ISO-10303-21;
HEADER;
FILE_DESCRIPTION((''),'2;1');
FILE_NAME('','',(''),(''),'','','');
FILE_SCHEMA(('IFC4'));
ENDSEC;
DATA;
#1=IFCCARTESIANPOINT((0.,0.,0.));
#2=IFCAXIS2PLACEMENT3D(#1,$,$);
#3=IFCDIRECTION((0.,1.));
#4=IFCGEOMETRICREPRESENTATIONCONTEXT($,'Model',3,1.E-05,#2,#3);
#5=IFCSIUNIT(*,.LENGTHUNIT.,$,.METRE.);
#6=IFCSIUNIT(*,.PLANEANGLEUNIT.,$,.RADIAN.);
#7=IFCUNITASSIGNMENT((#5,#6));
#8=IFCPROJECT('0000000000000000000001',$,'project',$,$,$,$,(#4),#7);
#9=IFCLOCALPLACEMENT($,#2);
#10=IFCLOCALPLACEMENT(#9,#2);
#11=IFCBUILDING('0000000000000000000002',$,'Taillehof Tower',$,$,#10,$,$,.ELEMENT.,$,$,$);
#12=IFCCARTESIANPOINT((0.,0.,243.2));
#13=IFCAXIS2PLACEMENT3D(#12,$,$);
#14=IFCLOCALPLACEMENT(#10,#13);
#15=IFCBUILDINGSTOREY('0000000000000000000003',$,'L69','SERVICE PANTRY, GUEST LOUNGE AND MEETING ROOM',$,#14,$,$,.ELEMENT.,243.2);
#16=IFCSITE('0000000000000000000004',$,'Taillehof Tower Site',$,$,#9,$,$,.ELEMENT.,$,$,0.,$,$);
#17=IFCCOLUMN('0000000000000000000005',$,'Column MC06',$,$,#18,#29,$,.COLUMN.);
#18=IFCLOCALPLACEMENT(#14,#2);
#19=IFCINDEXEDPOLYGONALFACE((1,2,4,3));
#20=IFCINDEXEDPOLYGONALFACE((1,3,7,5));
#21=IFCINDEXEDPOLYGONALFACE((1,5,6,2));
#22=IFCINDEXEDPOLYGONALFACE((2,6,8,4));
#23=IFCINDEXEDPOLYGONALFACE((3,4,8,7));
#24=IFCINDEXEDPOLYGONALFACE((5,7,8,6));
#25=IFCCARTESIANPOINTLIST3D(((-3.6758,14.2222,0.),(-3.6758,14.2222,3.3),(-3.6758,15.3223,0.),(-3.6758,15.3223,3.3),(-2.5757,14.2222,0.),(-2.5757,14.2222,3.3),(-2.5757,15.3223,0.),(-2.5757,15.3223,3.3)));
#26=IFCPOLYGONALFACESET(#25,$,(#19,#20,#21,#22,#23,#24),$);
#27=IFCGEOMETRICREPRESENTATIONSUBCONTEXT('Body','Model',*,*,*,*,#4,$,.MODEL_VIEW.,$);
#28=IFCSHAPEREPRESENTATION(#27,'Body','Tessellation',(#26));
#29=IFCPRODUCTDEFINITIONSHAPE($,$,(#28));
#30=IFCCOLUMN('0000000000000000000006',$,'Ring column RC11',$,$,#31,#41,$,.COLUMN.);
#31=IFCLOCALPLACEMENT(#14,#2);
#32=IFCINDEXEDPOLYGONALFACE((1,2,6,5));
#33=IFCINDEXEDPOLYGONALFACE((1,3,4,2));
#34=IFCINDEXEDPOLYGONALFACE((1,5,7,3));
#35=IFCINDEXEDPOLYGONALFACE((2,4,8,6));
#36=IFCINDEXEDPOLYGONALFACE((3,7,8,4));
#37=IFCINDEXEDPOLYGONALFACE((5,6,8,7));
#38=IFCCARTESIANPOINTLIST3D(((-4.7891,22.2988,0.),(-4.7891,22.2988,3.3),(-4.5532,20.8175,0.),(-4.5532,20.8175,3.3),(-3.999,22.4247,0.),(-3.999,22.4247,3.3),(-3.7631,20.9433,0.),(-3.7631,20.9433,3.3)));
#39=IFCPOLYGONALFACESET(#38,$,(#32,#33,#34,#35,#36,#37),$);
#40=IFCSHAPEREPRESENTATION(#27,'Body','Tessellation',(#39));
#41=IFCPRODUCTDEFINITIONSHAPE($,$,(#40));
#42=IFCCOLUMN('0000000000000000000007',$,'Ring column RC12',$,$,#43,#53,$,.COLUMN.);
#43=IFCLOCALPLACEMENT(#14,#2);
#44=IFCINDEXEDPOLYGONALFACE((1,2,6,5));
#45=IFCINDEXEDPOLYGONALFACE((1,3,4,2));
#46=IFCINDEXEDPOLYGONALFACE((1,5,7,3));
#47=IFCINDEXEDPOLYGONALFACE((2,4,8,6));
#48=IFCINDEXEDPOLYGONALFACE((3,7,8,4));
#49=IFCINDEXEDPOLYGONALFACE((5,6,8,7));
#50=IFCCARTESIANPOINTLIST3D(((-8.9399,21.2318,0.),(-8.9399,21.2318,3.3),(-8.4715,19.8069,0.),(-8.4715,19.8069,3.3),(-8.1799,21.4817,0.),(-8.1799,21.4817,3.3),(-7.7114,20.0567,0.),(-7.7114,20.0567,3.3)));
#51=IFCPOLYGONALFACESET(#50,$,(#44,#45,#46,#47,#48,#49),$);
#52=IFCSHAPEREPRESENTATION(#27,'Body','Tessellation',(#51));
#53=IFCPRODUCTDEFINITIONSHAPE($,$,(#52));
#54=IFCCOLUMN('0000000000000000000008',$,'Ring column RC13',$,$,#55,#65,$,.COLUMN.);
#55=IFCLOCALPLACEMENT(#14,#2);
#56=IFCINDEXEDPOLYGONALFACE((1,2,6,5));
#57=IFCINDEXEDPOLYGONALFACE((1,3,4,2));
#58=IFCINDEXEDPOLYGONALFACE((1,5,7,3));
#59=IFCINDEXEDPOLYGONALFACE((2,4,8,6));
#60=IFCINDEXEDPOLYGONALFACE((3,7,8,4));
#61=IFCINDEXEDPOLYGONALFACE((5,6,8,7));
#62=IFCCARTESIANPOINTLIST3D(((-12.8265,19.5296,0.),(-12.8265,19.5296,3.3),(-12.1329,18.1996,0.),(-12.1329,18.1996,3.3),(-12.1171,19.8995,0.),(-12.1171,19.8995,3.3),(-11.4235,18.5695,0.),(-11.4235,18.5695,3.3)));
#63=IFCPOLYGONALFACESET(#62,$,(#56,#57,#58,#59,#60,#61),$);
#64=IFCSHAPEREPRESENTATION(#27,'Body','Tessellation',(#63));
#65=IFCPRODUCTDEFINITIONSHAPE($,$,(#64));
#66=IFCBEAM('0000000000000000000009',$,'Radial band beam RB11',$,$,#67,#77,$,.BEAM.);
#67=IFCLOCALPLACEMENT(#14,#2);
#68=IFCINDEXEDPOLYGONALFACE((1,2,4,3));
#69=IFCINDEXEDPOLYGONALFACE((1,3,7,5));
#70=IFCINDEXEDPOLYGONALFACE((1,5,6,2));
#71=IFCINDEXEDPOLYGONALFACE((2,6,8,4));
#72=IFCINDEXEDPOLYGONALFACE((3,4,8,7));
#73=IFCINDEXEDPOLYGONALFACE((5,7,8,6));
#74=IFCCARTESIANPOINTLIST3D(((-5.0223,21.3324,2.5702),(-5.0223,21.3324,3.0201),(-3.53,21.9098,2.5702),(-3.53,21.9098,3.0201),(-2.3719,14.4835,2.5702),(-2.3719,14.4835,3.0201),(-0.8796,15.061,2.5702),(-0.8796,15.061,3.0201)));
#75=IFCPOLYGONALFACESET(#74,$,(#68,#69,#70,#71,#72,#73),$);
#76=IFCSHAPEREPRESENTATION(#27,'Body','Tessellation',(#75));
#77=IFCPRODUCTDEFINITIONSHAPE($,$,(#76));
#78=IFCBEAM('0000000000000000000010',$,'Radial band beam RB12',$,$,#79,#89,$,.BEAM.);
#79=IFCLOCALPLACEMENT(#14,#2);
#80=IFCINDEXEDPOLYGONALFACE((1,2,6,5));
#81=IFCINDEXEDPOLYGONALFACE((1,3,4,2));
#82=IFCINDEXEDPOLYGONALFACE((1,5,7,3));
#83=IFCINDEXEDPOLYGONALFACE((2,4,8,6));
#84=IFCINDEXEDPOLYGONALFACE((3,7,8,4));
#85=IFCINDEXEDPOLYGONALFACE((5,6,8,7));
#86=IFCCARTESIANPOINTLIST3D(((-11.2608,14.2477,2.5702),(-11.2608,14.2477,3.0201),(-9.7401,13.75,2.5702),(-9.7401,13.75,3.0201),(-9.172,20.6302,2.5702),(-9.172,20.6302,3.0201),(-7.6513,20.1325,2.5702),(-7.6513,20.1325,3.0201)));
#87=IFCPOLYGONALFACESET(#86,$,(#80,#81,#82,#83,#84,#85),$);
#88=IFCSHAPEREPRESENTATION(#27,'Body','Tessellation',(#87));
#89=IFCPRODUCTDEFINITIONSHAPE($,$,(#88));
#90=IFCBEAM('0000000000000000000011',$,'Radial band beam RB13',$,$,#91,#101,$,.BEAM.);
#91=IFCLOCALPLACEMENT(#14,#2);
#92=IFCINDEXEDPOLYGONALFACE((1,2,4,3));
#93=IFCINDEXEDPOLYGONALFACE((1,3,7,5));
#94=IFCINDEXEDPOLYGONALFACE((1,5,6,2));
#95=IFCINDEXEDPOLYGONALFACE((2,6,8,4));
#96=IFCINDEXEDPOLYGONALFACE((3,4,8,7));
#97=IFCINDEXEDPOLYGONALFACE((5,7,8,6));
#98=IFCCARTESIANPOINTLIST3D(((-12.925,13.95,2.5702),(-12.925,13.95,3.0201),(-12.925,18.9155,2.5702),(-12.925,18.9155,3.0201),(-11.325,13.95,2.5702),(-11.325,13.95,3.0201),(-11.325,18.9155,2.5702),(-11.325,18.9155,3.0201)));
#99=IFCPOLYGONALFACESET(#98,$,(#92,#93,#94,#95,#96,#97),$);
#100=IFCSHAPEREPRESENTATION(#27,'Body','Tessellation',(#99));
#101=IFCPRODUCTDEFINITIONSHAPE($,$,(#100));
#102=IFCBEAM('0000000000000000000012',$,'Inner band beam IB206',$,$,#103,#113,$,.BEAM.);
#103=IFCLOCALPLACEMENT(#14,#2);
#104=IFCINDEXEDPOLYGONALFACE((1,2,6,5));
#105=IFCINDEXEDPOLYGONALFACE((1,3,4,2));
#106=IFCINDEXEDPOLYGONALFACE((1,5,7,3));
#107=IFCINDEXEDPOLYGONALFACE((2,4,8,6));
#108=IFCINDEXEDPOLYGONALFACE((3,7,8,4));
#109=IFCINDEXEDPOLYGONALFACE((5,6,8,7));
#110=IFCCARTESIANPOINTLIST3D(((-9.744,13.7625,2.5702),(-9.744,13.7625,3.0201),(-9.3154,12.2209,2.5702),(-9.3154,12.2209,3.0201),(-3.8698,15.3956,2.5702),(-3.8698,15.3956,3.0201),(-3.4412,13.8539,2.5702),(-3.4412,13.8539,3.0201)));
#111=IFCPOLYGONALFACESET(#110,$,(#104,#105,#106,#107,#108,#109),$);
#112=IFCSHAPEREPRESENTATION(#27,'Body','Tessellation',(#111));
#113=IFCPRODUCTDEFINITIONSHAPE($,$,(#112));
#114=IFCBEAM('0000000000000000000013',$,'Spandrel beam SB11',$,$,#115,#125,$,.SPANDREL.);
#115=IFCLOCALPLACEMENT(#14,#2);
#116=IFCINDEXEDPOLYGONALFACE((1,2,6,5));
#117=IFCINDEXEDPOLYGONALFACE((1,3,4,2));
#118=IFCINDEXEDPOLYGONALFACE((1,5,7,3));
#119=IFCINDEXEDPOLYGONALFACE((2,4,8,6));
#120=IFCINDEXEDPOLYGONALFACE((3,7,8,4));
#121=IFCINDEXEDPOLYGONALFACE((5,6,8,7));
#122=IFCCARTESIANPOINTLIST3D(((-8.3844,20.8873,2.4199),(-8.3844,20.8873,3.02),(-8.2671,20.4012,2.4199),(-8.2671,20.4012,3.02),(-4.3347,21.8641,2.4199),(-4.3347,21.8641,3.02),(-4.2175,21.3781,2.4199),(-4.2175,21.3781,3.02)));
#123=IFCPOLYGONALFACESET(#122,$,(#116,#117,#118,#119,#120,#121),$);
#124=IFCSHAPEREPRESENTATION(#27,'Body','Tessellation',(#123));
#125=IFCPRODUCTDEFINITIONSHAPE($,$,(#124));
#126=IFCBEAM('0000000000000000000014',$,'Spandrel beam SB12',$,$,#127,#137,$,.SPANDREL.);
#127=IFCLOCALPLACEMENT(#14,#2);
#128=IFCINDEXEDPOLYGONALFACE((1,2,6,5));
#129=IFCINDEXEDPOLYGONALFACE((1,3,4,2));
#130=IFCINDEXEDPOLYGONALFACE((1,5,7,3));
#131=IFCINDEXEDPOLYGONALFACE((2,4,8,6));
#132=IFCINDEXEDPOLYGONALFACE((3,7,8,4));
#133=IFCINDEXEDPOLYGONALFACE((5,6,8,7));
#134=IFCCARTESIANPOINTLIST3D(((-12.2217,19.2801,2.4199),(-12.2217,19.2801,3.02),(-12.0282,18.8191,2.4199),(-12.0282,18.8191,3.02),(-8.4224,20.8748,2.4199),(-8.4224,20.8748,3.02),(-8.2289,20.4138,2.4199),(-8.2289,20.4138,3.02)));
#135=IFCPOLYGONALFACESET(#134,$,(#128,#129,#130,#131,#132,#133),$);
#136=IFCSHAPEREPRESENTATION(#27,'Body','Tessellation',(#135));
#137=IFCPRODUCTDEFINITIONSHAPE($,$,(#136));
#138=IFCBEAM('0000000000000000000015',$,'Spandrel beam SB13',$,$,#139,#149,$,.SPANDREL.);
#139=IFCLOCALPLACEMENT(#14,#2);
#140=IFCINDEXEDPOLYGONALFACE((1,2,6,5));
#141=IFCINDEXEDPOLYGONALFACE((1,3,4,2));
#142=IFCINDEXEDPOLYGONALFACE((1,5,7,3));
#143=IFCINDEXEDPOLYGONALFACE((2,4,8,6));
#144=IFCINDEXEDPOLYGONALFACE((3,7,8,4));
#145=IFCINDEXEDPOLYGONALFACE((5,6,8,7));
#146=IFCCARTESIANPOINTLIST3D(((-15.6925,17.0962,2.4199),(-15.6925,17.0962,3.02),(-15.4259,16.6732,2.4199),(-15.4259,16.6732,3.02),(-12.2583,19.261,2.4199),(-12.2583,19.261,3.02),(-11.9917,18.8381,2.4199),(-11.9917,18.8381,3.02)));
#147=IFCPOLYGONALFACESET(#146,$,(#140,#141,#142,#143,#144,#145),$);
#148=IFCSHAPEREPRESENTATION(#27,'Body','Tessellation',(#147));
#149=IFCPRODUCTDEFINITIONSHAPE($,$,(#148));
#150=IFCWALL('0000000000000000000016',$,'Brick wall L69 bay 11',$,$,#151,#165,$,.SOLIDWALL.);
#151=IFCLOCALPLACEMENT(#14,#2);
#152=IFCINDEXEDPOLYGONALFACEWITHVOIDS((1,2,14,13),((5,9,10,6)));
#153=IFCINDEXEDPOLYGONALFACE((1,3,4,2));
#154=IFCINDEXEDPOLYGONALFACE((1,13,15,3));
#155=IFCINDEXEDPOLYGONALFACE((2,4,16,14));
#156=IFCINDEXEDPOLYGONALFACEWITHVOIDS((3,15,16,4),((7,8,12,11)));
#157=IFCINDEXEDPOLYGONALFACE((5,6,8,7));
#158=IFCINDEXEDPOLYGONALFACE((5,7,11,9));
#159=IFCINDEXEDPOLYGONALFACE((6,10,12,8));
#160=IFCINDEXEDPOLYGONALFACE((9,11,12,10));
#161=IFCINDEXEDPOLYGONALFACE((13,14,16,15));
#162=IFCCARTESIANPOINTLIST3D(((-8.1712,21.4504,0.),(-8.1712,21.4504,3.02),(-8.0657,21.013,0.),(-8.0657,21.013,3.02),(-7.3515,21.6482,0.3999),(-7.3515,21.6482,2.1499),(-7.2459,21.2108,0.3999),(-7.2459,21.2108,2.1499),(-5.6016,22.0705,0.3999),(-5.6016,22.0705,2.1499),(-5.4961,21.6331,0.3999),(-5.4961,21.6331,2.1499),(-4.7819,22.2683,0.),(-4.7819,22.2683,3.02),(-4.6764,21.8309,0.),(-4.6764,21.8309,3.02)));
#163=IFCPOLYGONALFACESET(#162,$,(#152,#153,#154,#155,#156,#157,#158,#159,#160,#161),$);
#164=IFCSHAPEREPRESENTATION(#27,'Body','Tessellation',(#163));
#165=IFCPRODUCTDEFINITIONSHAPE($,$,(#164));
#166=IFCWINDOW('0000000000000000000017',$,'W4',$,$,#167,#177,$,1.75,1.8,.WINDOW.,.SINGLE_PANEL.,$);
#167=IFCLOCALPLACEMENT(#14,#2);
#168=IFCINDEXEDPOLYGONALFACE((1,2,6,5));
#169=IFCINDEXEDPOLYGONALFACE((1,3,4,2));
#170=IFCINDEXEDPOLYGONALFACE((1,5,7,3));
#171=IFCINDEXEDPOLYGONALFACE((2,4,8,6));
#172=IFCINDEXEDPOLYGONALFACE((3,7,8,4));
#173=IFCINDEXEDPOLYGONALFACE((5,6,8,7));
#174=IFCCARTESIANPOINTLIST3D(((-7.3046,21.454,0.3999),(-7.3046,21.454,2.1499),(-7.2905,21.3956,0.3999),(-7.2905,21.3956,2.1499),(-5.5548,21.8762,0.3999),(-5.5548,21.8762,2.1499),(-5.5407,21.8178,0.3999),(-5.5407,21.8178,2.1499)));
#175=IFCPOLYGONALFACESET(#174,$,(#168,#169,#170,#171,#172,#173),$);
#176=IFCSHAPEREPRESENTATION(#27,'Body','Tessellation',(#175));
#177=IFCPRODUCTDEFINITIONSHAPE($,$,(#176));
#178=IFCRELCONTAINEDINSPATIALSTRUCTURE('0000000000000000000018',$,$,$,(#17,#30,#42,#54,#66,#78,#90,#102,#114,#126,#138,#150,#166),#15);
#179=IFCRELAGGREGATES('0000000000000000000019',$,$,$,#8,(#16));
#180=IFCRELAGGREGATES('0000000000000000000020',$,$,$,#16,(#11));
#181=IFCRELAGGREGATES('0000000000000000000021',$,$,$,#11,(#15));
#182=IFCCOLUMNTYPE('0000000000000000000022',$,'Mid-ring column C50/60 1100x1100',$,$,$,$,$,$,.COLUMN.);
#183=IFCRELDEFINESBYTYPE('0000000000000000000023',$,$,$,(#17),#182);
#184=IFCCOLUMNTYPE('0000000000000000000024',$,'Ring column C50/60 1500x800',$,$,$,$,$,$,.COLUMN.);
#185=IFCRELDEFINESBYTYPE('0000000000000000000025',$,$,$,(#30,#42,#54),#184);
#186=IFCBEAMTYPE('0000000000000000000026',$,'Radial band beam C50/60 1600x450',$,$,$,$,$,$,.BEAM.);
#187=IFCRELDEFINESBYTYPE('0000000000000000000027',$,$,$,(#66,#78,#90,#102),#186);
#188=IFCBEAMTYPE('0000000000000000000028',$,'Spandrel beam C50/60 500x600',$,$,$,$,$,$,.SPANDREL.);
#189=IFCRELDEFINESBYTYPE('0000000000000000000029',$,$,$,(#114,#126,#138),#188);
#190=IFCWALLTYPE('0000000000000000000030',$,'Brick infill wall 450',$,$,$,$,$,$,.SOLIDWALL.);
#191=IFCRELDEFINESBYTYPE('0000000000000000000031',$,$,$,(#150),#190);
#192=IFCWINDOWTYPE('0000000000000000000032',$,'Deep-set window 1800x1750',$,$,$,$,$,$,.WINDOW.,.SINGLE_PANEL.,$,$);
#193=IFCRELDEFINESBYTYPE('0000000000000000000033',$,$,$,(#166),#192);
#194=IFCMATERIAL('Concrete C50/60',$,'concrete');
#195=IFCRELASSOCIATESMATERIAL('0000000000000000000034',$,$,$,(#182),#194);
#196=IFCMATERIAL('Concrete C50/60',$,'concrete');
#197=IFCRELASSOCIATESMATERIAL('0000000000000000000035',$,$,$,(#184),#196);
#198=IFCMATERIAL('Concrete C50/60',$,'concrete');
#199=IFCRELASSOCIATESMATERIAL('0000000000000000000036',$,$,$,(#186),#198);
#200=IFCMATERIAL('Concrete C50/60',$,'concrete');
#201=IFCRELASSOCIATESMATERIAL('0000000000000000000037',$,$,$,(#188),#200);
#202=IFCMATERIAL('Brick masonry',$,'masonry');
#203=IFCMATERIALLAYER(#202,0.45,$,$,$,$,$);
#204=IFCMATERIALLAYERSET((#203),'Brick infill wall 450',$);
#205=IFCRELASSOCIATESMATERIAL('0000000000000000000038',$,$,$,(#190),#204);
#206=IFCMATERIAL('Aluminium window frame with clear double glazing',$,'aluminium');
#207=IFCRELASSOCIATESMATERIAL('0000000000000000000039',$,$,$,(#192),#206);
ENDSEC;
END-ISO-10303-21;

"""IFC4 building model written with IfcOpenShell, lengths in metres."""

from ifc_helpers import new_model, si_unit, direction, frame, frame_2d, origin, origin_2d, place, context, subcontext, project, spatial, rectangle, extrude, material, layer, layer_set, material_profile, profile_set, type_object, element, fill, save


model = new_model("IFC4")

# Units and contexts
model_context = context("Model", 3, precision=1e-05, world=origin(), true_north=direction((0.0, 1.0)))
body_context = subcontext(model_context, "Body", "Model", "MODEL_VIEW")
ifc_project = project(units=[si_unit("LENGTHUNIT", "METRE"), si_unit("PLANEANGLEUNIT", "RADIAN")], contexts=[model_context])

# Site, building, storey
site_placement = place(None, origin())
site = spatial("IfcSite", under=ifc_project, at=site_placement, Name="Taillehof Tower Site", CompositionType="ELEMENT", RefElevation=0.0)
building_placement = place(site_placement, origin())
building = spatial("IfcBuilding", under=site, at=building_placement, Name="Taillehof Tower", CompositionType="ELEMENT")
storey_placement = place(building_placement, frame((0.0, 0.0, 243.2)))
storey = spatial("IfcBuildingStorey", under=building, at=storey_placement, Name="L69", Description="SERVICE PANTRY, GUEST LOUNGE AND MEETING ROOM", CompositionType="ELEMENT", Elevation=243.2)

# Columns
ifc_material_1 = material(Name="Concrete C50/60", Category="concrete")
ifc_material_profile_1 = material_profile(ifc_material_1, rectangle(XDim=1.1001, YDim=1.1001, at=origin_2d()), Name="RC 1100x1100")
ifc_profile_set_1 = profile_set([ifc_material_profile_1], Name="Concrete C50/60")
column_type_1 = type_object("IfcColumnType", Name="Mid-ring column C50/60 1100x1100", PredefinedType="COLUMN", material=ifc_profile_set_1)
column_placement = place(storey_placement, frame((-3.1257, 14.7722, 0.0), z_axis=(0.0, 0.0, 1.0), x_axis=(1.0, 0.0, 0.0)))
element("IfcColumn", 1, at=column_placement, inside=storey, type_object=column_type_1, Name="Column MC06", PredefinedType="COLUMN", context=body_context, shape_type="SweptSolid", body=[
    extrude(rectangle(XDim=1.1001, YDim=1.1001, at=origin_2d()), origin(), (0.0, 0.0, 1.0), 3.3),
])
ifc_material_2 = material(Name="Concrete C50/60", Category="concrete")
ifc_material_profile_2 = material_profile(ifc_material_2, rectangle(XDim=1.5, YDim=0.8, at=origin_2d()), Name="RC 1500x800")
ifc_profile_set_2 = profile_set([ifc_material_profile_2], Name="Concrete C50/60")
column_type_2 = type_object("IfcColumnType", Name="Ring column C50/60 1500x800", PredefinedType="COLUMN", material=ifc_profile_set_2)
for number, where, z_axis, x_axis, name in (
    (2, (-4.2761, 21.6211, 0.0), (0.0, 0.0, 1.0), (-0.157281, 0.987554, 0.0), "Ring column RC11"),
    (3, (-8.3257, 20.6443, 0.0), (0.0, 0.0, 1.0), (-0.312304, 0.949982, 0.0), "Ring column RC12"),
    (4, (-12.125, 19.0496, 0.0), (0.0, 0.0, 1.0), (-0.462384, 0.88668, 0.0), "Ring column RC13"),
):
    element("IfcColumn", number, at=place(storey_placement, frame(where, z_axis=z_axis, x_axis=x_axis)), inside=storey, type_object=column_type_2, Name=name, PredefinedType="COLUMN", context=body_context, shape_type="SweptSolid", body=[
        extrude(rectangle(XDim=1.5, YDim=0.8, at=origin_2d()), origin(), (0.0, 0.0, 1.0), 3.3),
    ])

# Beams
ifc_material_3 = material(Name="Concrete C50/60", Category="concrete")
ifc_material_profile_3 = material_profile(ifc_material_3, rectangle(XDim=1.6001, YDim=0.45, at=origin_2d()), Name="RC 1600x450")
ifc_profile_set_3 = profile_set([ifc_material_profile_3], Name="Concrete C50/60")
beam_type_1 = type_object("IfcBeamType", Name="Radial band beam C50/60 1600x450", PredefinedType="BEAM", material=ifc_profile_set_3)
beam_1_placement = place(storey_placement, frame((-4.2761, 21.6211, 2.7952), z_axis=(0.360901, -0.932604, 0.0), x_axis=(0.932604, 0.360901, 0.0)))
element("IfcBeam", 5, at=beam_1_placement, inside=storey, type_object=beam_type_1, Name="Radial band beam RB11", PredefinedType="BEAM", context=body_context, shape_type="SweptSolid", body=[
    extrude(rectangle(XDim=1.6001, YDim=0.45, at=origin_2d()), origin(), (0.0, 0.0, 1.0), 7.3438),
])
beam_2_placement = place(storey_placement, frame((-8.4116, 20.3813, 2.7952), z_axis=(-0.311043, -0.950396, 0.0), x_axis=(0.950396, -0.311043, 0.0)))
element("IfcBeam", 6, at=beam_2_placement, inside=storey, type_object=beam_type_1, Name="Radial band beam RB12", PredefinedType="BEAM", context=body_context, shape_type="SweptSolid", body=[
    extrude(rectangle(XDim=1.6001, YDim=0.45, at=origin_2d()), origin(), (0.0, 0.0, 1.0), 6.7156),
])
beam_3_placement = place(storey_placement, frame((-12.125, 18.9155, 2.7952), z_axis=(0.0, -1.0, 0.0), x_axis=(1.0, 0.0, 0.0)))
element("IfcBeam", 7, at=beam_3_placement, inside=storey, type_object=beam_type_1, Name="Radial band beam RB13", PredefinedType="BEAM", context=body_context, shape_type="SweptSolid", body=[
    extrude(rectangle(XDim=1.6001, YDim=0.45, at=origin_2d()), origin(), (0.0, 0.0, 1.0), 4.9656),
])
beam_4_placement = place(storey_placement, frame((-3.6555, 14.6248, 2.7952), z_axis=(-0.963459, -0.267855, 0.0), x_axis=(0.267855, -0.963459, 0.0)))
element("IfcBeam", 8, at=beam_4_placement, inside=storey, type_object=beam_type_1, Name="Inner band beam IB206", PredefinedType="BEAM", context=body_context, shape_type="SweptSolid", body=[
    extrude(rectangle(XDim=1.6001, YDim=0.45, at=origin_2d()), origin(), (0.0, 0.0, 1.0), 6.0969),
])
ifc_material_4 = material(Name="Concrete C50/60", Category="concrete")
ifc_material_profile_4 = material_profile(ifc_material_4, rectangle(XDim=0.5, YDim=0.6001, at=origin_2d()), Name="RC 500x600")
ifc_profile_set_4 = profile_set([ifc_material_profile_4], Name="Concrete C50/60")
beam_type_2 = type_object("IfcBeamType", Name="Spandrel beam C50/60 500x600", PredefinedType="SPANDREL", material=ifc_profile_set_4)
beam_5_placement = place(storey_placement, frame((-4.2761, 21.6211, 2.72), z_axis=(-0.972119, -0.234488, 0.0), x_axis=(0.234488, -0.972119, 0.0)))
element("IfcBeam", 9, at=beam_5_placement, inside=storey, type_object=beam_type_2, Name="Spandrel beam SB11", PredefinedType="SPANDREL", context=body_context, shape_type="SweptSolid", body=[
    extrude(rectangle(XDim=0.5, YDim=0.6001, at=origin_2d()), origin(), (0.0, 0.0, 1.0), 4.1658),
])
beam_6_placement = place(storey_placement, frame((-8.3257, 20.6443, 2.72), z_axis=(-0.922068, -0.387029, 0.0), x_axis=(0.387029, -0.922068, 0.0)))
element("IfcBeam", 10, at=beam_6_placement, inside=storey, type_object=beam_type_2, Name="Spandrel beam SB12", PredefinedType="SPANDREL", context=body_context, shape_type="SweptSolid", body=[
    extrude(rectangle(XDim=0.5, YDim=0.6001, at=origin_2d()), origin(), (0.0, 0.0, 1.0), 4.1204),
])
beam_7_placement = place(storey_placement, frame((-12.125, 19.0496, 2.72), z_axis=(-0.845944, -0.533271, 0.0), x_axis=(0.533271, -0.845944, 0.0)))
element("IfcBeam", 11, at=beam_7_placement, inside=storey, type_object=beam_type_2, Name="Spandrel beam SB13", PredefinedType="SPANDREL", context=body_context, shape_type="SweptSolid", body=[
    extrude(rectangle(XDim=0.5, YDim=0.6001, at=origin_2d()), origin(), (0.0, 0.0, 1.0), 4.0596),
])

# Wall, opening, window
ifc_material_5 = material(Name="Brick masonry", Category="masonry")
ifc_layer_1 = layer(ifc_material_5, 0.45)
ifc_layer_set_1 = layer_set([ifc_layer_1], Name="Brick infill wall 450")
wall_type_1 = type_object("IfcWallType", Name="Brick infill wall 450", PredefinedType="SOLIDWALL", material=ifc_layer_set_1)
wall_1_placement = place(storey_placement, frame((-4.7292, 22.0496, 0.0), z_axis=(0.0, 0.0, 1.0), x_axis=(-0.972099, -0.23457, 0.0)))
wall_1 = element("IfcWall", 12, at=wall_1_placement, inside=storey, type_object=wall_type_1, Name="Brick wall L69 bay 11", PredefinedType="SOLIDWALL", context=body_context, shape_type="SweptSolid", body=[
    extrude(rectangle(XDim=3.4866, YDim=0.45, at=frame_2d((1.7432, 0.0))), origin(), (0.0, 0.0, 1.0), 3.02),
])
opening_1_placement = place(wall_1_placement, frame((0.8433, 0.0, 0.3999)))
opening_1 = element("IfcOpeningElement", 13, at=opening_1_placement, cuts=wall_1, PredefinedType="OPENING", context=body_context, shape_type="SweptSolid", body=[
    extrude(rectangle(XDim=1.8, YDim=1.75, at=frame_2d((0.8999, 0.875))), frame((0.0, 0.2349, 0.0), z_axis=(0.0, -1.0, 0.0), x_axis=(1.0, 0.0, 0.0)), (0.0, 0.0, 1.0), 0.47),
])
ifc_material_6 = material(Name="Aluminium window frame with clear double glazing", Category="aluminium")
window_type = type_object("IfcWindowType", Name="Deep-set window 1800x1750", PartitioningType="SINGLE_PANEL", PredefinedType="WINDOW", material=ifc_material_6)
window_1_placement = place(opening_1_placement, origin())
window_1 = element("IfcWindow", 14, at=window_1_placement, inside=storey, type_object=window_type, Name="W4", OverallHeight=1.75, OverallWidth=1.8, PartitioningType="SINGLE_PANEL", PredefinedType="WINDOW", context=body_context, shape_type="SweptSolid", body=[
    extrude(rectangle(XDim=1.8, YDim=1.75, at=frame_2d((0.8999, 0.875))), frame((0.0, 0.0349, 0.0), z_axis=(0.0, -1.0, 0.0), x_axis=(1.0, 0.0, 0.0)), (0.0, 0.0, 1.0), 0.0601),
])
fill(opening_1, window_1)

save(model, "model.ifc")
